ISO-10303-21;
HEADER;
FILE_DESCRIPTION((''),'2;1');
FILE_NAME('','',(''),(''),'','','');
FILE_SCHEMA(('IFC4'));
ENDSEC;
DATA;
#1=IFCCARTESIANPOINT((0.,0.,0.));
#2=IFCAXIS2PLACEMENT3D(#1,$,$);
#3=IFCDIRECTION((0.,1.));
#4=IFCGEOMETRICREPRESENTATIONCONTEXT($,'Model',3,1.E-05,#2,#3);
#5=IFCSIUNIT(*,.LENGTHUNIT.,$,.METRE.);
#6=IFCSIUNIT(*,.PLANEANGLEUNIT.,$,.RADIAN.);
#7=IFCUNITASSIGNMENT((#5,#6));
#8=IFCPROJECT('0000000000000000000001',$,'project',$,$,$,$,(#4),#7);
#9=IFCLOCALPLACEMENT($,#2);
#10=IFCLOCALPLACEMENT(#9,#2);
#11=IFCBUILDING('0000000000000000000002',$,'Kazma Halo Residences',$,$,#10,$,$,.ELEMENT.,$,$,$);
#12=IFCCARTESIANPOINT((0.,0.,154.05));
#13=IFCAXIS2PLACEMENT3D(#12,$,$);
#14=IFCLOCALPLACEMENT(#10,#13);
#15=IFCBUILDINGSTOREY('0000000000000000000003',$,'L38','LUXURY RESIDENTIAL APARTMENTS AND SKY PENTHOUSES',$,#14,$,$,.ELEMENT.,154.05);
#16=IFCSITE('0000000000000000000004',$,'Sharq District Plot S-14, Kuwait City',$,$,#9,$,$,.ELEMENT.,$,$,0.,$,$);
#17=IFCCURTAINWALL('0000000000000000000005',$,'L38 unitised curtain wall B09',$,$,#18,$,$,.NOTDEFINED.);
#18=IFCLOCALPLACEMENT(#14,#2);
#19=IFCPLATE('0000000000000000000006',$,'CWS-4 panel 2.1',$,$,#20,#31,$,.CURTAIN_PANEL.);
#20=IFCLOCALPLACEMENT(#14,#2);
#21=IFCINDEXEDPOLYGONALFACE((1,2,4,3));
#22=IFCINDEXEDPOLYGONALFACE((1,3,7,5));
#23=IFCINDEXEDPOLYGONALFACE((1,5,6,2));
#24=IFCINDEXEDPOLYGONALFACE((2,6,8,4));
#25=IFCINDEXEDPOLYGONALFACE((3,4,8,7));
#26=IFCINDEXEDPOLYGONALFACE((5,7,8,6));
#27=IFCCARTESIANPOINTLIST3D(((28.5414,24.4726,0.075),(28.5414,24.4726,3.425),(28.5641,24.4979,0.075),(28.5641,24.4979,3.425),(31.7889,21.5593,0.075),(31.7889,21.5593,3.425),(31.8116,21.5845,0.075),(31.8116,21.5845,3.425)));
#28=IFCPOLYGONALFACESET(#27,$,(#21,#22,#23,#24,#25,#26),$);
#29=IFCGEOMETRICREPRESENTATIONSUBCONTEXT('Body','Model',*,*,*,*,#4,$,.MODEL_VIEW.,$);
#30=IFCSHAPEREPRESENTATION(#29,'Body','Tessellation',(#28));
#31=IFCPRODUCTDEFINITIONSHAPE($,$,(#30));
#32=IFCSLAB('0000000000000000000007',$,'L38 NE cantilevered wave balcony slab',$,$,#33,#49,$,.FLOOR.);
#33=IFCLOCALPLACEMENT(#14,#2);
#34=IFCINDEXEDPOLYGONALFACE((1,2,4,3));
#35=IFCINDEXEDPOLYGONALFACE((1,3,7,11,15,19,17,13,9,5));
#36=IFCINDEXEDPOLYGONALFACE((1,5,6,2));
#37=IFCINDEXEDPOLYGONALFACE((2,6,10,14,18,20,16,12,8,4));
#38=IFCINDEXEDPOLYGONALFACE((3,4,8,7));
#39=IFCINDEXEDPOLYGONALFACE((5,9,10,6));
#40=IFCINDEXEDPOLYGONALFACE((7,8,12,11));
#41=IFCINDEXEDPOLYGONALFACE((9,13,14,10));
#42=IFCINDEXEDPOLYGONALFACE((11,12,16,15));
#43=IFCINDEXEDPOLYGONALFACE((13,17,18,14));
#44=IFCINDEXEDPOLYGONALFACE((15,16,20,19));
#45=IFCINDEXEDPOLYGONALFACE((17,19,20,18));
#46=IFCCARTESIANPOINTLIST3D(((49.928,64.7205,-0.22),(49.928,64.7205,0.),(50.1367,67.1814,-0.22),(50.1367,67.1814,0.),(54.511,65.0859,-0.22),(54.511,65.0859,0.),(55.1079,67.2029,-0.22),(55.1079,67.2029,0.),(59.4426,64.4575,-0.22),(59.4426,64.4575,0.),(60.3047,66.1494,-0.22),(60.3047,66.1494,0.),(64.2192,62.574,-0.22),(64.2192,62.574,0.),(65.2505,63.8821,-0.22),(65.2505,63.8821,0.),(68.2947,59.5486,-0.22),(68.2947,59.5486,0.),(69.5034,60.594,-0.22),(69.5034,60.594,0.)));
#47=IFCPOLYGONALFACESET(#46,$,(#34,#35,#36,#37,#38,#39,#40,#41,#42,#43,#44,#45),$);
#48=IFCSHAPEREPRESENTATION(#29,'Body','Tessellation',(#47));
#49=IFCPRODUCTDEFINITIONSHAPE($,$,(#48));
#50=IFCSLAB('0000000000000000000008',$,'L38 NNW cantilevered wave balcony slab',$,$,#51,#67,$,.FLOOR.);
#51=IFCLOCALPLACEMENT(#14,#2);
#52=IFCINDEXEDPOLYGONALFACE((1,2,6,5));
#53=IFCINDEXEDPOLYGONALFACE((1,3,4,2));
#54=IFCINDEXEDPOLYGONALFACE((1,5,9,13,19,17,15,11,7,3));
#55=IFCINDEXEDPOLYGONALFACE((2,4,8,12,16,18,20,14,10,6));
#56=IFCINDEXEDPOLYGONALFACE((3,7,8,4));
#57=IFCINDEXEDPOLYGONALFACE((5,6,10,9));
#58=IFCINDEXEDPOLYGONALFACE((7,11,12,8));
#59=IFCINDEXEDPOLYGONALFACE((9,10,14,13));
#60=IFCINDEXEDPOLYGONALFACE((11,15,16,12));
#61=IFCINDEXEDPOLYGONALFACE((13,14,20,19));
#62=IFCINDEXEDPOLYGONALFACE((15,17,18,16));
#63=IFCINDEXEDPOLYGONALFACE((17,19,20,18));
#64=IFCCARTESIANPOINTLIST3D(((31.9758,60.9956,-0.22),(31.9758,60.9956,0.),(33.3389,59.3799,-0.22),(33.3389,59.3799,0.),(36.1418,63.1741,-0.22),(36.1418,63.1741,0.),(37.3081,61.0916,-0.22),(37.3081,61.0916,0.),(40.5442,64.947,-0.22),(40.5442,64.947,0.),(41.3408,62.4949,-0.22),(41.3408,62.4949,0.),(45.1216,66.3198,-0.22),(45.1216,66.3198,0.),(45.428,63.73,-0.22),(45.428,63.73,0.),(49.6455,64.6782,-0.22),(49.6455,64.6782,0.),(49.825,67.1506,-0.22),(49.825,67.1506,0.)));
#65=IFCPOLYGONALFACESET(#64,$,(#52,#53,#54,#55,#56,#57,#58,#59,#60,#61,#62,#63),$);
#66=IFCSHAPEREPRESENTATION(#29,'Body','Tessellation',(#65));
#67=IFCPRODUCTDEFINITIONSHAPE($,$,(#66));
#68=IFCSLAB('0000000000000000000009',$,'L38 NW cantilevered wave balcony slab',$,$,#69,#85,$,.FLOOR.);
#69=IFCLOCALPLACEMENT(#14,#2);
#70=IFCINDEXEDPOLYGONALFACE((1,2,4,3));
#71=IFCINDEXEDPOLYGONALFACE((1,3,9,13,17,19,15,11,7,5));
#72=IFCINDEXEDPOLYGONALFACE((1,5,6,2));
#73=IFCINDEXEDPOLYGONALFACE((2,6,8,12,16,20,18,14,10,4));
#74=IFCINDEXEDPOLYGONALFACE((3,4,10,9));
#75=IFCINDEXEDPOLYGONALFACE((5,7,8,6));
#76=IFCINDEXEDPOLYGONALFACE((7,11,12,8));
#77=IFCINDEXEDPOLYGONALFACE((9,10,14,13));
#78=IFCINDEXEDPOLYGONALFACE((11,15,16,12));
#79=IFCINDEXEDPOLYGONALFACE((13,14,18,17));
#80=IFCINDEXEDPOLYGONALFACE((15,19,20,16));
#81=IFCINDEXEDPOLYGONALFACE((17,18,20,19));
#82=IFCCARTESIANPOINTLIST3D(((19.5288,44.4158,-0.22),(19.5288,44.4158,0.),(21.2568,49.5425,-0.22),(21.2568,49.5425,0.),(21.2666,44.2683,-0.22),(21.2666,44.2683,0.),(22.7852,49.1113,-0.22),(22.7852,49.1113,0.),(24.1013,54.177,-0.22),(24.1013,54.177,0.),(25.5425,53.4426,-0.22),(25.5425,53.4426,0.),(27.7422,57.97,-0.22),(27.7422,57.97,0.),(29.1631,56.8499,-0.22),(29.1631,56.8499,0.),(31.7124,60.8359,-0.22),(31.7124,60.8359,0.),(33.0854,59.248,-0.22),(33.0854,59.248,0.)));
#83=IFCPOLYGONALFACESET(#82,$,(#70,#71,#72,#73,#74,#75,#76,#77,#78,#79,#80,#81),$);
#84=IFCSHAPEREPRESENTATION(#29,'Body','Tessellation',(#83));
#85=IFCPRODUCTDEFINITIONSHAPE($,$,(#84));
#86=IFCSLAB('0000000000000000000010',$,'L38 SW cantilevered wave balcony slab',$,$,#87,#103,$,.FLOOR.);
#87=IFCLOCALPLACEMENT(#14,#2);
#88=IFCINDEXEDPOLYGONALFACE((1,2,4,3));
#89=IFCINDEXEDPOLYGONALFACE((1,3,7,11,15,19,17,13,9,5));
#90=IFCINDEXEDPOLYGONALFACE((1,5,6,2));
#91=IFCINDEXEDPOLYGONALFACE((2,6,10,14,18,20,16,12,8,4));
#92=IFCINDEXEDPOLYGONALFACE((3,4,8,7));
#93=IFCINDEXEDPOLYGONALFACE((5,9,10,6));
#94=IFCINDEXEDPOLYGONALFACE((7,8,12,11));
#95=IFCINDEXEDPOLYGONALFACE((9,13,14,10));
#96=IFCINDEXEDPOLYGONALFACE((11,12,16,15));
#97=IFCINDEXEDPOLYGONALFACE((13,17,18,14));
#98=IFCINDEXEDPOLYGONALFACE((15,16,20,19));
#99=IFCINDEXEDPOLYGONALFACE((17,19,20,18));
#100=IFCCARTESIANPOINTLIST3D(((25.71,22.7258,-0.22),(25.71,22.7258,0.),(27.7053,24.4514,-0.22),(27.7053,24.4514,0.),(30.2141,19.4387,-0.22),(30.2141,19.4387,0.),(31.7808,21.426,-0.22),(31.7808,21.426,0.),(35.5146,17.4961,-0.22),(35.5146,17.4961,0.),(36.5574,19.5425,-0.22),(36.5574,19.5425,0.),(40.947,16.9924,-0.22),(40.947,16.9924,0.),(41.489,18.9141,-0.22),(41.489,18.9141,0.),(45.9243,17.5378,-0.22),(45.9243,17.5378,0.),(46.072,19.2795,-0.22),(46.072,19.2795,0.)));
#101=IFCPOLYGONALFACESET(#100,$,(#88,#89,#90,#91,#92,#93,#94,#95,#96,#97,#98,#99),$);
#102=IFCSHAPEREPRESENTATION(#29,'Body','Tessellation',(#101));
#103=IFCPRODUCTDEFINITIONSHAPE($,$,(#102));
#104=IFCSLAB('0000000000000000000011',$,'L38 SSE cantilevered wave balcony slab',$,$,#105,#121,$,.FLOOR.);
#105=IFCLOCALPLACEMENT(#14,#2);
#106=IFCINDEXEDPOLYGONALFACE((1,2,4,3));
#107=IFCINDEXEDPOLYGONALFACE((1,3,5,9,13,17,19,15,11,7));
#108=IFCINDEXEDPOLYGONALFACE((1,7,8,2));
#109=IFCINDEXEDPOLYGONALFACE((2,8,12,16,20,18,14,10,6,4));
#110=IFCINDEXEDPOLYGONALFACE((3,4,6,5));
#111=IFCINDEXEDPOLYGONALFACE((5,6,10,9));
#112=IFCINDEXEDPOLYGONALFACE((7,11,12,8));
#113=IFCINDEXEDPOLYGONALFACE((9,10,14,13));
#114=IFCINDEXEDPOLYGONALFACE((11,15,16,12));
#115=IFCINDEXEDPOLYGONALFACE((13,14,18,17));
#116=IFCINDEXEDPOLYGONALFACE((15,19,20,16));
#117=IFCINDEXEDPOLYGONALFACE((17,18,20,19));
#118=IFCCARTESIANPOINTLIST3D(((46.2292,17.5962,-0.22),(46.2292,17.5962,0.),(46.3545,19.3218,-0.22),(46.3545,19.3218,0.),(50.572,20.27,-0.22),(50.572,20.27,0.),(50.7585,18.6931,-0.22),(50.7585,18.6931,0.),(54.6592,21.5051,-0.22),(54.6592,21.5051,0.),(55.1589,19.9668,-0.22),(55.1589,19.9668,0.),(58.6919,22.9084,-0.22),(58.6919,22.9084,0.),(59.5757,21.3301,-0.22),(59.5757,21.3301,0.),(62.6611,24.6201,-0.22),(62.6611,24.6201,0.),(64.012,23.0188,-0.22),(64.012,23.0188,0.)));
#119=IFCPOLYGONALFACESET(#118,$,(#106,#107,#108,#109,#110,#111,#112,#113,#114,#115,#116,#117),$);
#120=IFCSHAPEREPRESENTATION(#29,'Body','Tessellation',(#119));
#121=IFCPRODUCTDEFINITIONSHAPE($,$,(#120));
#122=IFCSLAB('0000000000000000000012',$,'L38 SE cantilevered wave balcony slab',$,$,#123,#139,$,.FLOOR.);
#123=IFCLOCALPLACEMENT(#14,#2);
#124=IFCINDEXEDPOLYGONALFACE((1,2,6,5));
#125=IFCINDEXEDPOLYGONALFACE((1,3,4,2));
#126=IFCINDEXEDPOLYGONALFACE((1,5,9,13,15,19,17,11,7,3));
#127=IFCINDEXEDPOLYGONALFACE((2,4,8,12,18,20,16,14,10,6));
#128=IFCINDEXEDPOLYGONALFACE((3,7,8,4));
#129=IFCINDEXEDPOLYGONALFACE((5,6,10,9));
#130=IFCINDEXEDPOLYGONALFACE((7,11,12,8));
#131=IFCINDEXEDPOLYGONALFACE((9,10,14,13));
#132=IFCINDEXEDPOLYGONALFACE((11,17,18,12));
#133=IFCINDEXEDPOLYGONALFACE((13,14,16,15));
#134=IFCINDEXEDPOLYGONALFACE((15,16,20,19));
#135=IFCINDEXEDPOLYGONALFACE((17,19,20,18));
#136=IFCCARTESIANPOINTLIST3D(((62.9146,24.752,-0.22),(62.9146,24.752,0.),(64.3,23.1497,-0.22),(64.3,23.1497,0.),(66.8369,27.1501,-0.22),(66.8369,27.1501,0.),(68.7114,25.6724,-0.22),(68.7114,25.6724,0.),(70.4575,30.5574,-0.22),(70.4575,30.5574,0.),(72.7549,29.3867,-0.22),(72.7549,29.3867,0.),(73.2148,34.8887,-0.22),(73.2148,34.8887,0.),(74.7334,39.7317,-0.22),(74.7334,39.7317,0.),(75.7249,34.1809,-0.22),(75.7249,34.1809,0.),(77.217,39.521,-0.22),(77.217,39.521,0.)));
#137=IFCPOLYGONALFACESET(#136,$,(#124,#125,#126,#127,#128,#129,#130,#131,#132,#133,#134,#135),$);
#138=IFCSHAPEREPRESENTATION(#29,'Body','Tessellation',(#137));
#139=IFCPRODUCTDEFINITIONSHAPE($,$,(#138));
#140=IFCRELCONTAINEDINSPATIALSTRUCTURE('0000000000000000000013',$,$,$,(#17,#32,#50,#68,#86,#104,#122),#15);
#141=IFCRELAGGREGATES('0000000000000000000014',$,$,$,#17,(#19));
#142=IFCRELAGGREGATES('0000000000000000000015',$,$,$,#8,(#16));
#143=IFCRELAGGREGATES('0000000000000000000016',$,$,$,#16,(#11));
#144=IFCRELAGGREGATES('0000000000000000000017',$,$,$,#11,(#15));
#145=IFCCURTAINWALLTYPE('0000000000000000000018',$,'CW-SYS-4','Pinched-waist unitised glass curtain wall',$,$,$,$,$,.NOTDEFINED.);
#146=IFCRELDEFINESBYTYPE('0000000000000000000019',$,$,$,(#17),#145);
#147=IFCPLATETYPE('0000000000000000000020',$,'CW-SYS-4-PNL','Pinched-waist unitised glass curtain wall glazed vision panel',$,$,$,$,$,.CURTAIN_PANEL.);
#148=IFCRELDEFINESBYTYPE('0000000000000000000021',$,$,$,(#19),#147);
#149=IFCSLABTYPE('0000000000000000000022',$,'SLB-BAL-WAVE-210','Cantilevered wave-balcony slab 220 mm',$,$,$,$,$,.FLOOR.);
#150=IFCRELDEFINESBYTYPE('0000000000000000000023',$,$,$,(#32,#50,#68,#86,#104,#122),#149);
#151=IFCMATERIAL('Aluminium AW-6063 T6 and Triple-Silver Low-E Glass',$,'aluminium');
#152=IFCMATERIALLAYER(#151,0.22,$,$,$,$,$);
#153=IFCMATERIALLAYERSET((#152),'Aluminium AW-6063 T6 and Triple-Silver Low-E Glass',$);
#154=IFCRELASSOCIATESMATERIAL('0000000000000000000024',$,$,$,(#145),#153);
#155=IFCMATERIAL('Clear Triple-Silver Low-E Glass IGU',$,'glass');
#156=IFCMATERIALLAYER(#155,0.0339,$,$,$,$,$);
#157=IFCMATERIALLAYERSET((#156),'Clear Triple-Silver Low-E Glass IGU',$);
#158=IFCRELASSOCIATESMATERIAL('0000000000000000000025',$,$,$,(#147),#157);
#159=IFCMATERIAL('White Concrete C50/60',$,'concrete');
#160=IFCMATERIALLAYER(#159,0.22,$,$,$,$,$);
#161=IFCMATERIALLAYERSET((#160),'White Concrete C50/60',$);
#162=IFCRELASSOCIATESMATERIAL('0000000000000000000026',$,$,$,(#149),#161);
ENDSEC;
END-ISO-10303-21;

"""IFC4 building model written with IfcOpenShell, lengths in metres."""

from ifc_helpers import new_model, si_unit, direction, frame, origin, origin_2d, place, context, subcontext, project, spatial, polyline, rectangle, outline, extrude, material, layer, layer_set, type_object, element, aggregate, save


model = new_model("IFC4")

# Units and contexts
model_context = context("Model", 3, precision=1e-05, world=origin(), true_north=direction((0.0, 1.0)))
body_context = subcontext(model_context, "Body", "Model", "MODEL_VIEW")
ifc_project = project(units=[si_unit("LENGTHUNIT", "METRE"), si_unit("PLANEANGLEUNIT", "RADIAN")], contexts=[model_context])

# Site, building, storey
site_placement = place(None, origin())
site = spatial("IfcSite", under=ifc_project, at=site_placement, Name="Sharq District Plot S-14, Kuwait City", CompositionType="ELEMENT", RefElevation=0.0)
building_placement = place(site_placement, origin())
building = spatial("IfcBuilding", under=site, at=building_placement, Name="Kazma Halo Residences", CompositionType="ELEMENT")
storey_placement = place(building_placement, frame((0.0, 0.0, 154.05)))
storey = spatial("IfcBuildingStorey", under=building, at=storey_placement, Name="L38", Description="LUXURY RESIDENTIAL APARTMENTS AND SKY PENTHOUSES", CompositionType="ELEMENT", Elevation=154.05)

# Curtain wall, plate
ifc_material_1 = material(Name="Aluminium AW-6063 T6 and Triple-Silver Low-E Glass", Category="aluminium")
ifc_layer_1 = layer(ifc_material_1, 0.22)
ifc_layer_set_1 = layer_set([ifc_layer_1], Name="Aluminium AW-6063 T6 and Triple-Silver Low-E Glass")
curtain_wall_type = type_object("IfcCurtainWallType", Name="CW-SYS-4", Description="Pinched-waist unitised glass curtain wall", PredefinedType="NOTDEFINED", material=ifc_layer_set_1)
curtain_wall_placement = place(storey_placement, origin())
curtain_wall = element("IfcCurtainWall", 1, at=curtain_wall_placement, inside=storey, type_object=curtain_wall_type, Name="L38 unitised curtain wall B09", PredefinedType="NOTDEFINED")
ifc_material_2 = material(Name="Clear Triple-Silver Low-E Glass IGU", Category="glass")
ifc_layer_2 = layer(ifc_material_2, 0.0339)
ifc_layer_set_2 = layer_set([ifc_layer_2], Name="Clear Triple-Silver Low-E Glass IGU")
plate_type = type_object("IfcPlateType", Name="CW-SYS-4-PNL", Description="Pinched-waist unitised glass curtain wall glazed vision panel", PredefinedType="CURTAIN_PANEL", material=ifc_layer_set_2)
plate_1_placement = place(storey_placement, frame((30.1765, 23.0286, 0.075), z_axis=(0.0, 0.0, 1.0), x_axis=(0.744368, -0.66777, 0.0)))
plate_1 = element("IfcPlate", 2, at=plate_1_placement, type_object=plate_type, Name="CWS-4 panel 2.1", PredefinedType="CURTAIN_PANEL", context=body_context, shape_type="SweptSolid", body=[
    extrude(rectangle(XDim=4.3628, YDim=0.0339, at=origin_2d()), origin(), (0.0, 0.0, 1.0), 3.3501),
])
aggregate(curtain_wall, [plate_1])

# Slabs
ifc_material_3 = material(Name="White Concrete C50/60", Category="concrete")
ifc_layer_3 = layer(ifc_material_3, 0.22)
ifc_layer_set_3 = layer_set([ifc_layer_3], Name="White Concrete C50/60")
slab_type_1 = type_object("IfcSlabType", Name="SLB-BAL-WAVE-210", Description="Cantilevered wave-balcony slab 220 mm", PredefinedType="FLOOR", material=ifc_layer_set_3)
slab_1_placement = place(storey_placement, frame((0.0, 0.0, -0.22)))
element("IfcSlab", 3, at=slab_1_placement, inside=storey, type_object=slab_type_1, Name="L38 NE cantilevered wave balcony slab", PredefinedType="FLOOR", context=body_context, shape_type="SweptSolid", body=[
    extrude(outline(polyline([(68.2947, 59.5486), (64.2192, 62.574), (59.4426, 64.4575), (54.511, 65.0859), (49.928, 64.7205), (50.1367, 67.1814), (55.1079, 67.2029), (60.3047, 66.1494), (65.2505, 63.8821), (69.5034, 60.594), (68.2947, 59.5486)])), origin(), (0.0, 0.0, 1.0), 0.22),
])
slab_2_placement = place(storey_placement, frame((0.0, 0.0, -0.22)))
element("IfcSlab", 4, at=slab_2_placement, inside=storey, type_object=slab_type_1, Name="L38 NNW cantilevered wave balcony slab", PredefinedType="FLOOR", context=body_context, shape_type="SweptSolid", body=[
    extrude(outline(polyline([(49.6455, 64.6782), (45.428, 63.73), (41.3408, 62.4949), (37.3081, 61.0916), (33.3389, 59.3799), (31.9758, 60.9956), (36.1418, 63.1741), (40.5442, 64.947), (45.1216, 66.3198), (49.825, 67.1506), (49.6455, 64.6782)])), origin(), (0.0, 0.0, 1.0), 0.22),
])
slab_3_placement = place(storey_placement, frame((0.0, 0.0, -0.22)))
element("IfcSlab", 5, at=slab_3_placement, inside=storey, type_object=slab_type_1, Name="L38 NW cantilevered wave balcony slab", PredefinedType="FLOOR", context=body_context, shape_type="SweptSolid", body=[
    extrude(outline(polyline([(33.0854, 59.248), (29.1631, 56.8499), (25.5425, 53.4426), (22.7852, 49.1113), (21.2666, 44.2683), (19.5288, 44.4158), (21.2568, 49.5425), (24.1013, 54.177), (27.7422, 57.97), (31.7124, 60.8359), (33.0854, 59.248)])), origin(), (0.0, 0.0, 1.0), 0.22),
])
slab_4_placement = place(storey_placement, frame((0.0, 0.0, -0.22)))
element("IfcSlab", 6, at=slab_4_placement, inside=storey, type_object=slab_type_1, Name="L38 SW cantilevered wave balcony slab", PredefinedType="FLOOR", context=body_context, shape_type="SweptSolid", body=[
    extrude(outline(polyline([(27.7053, 24.4514), (31.7808, 21.426), (36.5574, 19.5425), (41.489, 18.9141), (46.072, 19.2795), (45.9243, 17.5378), (40.947, 16.9924), (35.5146, 17.4961), (30.2141, 19.4387), (25.71, 22.7258), (27.7053, 24.4514)])), origin(), (0.0, 0.0, 1.0), 0.22),
])
slab_5_placement = place(storey_placement, frame((0.0, 0.0, -0.22)))
element("IfcSlab", 7, at=slab_5_placement, inside=storey, type_object=slab_type_1, Name="L38 SSE cantilevered wave balcony slab", PredefinedType="FLOOR", context=body_context, shape_type="SweptSolid", body=[
    extrude(outline(polyline([(46.3545, 19.3218), (50.572, 20.27), (54.6592, 21.5051), (58.6919, 22.9084), (62.6611, 24.6201), (64.012, 23.0188), (59.5757, 21.3301), (55.1589, 19.9668), (50.7585, 18.6931), (46.2292, 17.5962), (46.3545, 19.3218)])), origin(), (0.0, 0.0, 1.0), 0.22),
])
slab_6_placement = place(storey_placement, frame((0.0, 0.0, -0.22)))
element("IfcSlab", 8, at=slab_6_placement, inside=storey, type_object=slab_type_1, Name="L38 SE cantilevered wave balcony slab", PredefinedType="FLOOR", context=body_context, shape_type="SweptSolid", body=[
    extrude(outline(polyline([(62.9146, 24.752), (66.8369, 27.1501), (70.4575, 30.5574), (73.2148, 34.8887), (74.7334, 39.7317), (77.217, 39.521), (75.7249, 34.1809), (72.7549, 29.3867), (68.7114, 25.6724), (64.3, 23.1497), (62.9146, 24.752)])), origin(), (0.0, 0.0, 1.0), 0.22),
])

save(model, "model.ifc")
